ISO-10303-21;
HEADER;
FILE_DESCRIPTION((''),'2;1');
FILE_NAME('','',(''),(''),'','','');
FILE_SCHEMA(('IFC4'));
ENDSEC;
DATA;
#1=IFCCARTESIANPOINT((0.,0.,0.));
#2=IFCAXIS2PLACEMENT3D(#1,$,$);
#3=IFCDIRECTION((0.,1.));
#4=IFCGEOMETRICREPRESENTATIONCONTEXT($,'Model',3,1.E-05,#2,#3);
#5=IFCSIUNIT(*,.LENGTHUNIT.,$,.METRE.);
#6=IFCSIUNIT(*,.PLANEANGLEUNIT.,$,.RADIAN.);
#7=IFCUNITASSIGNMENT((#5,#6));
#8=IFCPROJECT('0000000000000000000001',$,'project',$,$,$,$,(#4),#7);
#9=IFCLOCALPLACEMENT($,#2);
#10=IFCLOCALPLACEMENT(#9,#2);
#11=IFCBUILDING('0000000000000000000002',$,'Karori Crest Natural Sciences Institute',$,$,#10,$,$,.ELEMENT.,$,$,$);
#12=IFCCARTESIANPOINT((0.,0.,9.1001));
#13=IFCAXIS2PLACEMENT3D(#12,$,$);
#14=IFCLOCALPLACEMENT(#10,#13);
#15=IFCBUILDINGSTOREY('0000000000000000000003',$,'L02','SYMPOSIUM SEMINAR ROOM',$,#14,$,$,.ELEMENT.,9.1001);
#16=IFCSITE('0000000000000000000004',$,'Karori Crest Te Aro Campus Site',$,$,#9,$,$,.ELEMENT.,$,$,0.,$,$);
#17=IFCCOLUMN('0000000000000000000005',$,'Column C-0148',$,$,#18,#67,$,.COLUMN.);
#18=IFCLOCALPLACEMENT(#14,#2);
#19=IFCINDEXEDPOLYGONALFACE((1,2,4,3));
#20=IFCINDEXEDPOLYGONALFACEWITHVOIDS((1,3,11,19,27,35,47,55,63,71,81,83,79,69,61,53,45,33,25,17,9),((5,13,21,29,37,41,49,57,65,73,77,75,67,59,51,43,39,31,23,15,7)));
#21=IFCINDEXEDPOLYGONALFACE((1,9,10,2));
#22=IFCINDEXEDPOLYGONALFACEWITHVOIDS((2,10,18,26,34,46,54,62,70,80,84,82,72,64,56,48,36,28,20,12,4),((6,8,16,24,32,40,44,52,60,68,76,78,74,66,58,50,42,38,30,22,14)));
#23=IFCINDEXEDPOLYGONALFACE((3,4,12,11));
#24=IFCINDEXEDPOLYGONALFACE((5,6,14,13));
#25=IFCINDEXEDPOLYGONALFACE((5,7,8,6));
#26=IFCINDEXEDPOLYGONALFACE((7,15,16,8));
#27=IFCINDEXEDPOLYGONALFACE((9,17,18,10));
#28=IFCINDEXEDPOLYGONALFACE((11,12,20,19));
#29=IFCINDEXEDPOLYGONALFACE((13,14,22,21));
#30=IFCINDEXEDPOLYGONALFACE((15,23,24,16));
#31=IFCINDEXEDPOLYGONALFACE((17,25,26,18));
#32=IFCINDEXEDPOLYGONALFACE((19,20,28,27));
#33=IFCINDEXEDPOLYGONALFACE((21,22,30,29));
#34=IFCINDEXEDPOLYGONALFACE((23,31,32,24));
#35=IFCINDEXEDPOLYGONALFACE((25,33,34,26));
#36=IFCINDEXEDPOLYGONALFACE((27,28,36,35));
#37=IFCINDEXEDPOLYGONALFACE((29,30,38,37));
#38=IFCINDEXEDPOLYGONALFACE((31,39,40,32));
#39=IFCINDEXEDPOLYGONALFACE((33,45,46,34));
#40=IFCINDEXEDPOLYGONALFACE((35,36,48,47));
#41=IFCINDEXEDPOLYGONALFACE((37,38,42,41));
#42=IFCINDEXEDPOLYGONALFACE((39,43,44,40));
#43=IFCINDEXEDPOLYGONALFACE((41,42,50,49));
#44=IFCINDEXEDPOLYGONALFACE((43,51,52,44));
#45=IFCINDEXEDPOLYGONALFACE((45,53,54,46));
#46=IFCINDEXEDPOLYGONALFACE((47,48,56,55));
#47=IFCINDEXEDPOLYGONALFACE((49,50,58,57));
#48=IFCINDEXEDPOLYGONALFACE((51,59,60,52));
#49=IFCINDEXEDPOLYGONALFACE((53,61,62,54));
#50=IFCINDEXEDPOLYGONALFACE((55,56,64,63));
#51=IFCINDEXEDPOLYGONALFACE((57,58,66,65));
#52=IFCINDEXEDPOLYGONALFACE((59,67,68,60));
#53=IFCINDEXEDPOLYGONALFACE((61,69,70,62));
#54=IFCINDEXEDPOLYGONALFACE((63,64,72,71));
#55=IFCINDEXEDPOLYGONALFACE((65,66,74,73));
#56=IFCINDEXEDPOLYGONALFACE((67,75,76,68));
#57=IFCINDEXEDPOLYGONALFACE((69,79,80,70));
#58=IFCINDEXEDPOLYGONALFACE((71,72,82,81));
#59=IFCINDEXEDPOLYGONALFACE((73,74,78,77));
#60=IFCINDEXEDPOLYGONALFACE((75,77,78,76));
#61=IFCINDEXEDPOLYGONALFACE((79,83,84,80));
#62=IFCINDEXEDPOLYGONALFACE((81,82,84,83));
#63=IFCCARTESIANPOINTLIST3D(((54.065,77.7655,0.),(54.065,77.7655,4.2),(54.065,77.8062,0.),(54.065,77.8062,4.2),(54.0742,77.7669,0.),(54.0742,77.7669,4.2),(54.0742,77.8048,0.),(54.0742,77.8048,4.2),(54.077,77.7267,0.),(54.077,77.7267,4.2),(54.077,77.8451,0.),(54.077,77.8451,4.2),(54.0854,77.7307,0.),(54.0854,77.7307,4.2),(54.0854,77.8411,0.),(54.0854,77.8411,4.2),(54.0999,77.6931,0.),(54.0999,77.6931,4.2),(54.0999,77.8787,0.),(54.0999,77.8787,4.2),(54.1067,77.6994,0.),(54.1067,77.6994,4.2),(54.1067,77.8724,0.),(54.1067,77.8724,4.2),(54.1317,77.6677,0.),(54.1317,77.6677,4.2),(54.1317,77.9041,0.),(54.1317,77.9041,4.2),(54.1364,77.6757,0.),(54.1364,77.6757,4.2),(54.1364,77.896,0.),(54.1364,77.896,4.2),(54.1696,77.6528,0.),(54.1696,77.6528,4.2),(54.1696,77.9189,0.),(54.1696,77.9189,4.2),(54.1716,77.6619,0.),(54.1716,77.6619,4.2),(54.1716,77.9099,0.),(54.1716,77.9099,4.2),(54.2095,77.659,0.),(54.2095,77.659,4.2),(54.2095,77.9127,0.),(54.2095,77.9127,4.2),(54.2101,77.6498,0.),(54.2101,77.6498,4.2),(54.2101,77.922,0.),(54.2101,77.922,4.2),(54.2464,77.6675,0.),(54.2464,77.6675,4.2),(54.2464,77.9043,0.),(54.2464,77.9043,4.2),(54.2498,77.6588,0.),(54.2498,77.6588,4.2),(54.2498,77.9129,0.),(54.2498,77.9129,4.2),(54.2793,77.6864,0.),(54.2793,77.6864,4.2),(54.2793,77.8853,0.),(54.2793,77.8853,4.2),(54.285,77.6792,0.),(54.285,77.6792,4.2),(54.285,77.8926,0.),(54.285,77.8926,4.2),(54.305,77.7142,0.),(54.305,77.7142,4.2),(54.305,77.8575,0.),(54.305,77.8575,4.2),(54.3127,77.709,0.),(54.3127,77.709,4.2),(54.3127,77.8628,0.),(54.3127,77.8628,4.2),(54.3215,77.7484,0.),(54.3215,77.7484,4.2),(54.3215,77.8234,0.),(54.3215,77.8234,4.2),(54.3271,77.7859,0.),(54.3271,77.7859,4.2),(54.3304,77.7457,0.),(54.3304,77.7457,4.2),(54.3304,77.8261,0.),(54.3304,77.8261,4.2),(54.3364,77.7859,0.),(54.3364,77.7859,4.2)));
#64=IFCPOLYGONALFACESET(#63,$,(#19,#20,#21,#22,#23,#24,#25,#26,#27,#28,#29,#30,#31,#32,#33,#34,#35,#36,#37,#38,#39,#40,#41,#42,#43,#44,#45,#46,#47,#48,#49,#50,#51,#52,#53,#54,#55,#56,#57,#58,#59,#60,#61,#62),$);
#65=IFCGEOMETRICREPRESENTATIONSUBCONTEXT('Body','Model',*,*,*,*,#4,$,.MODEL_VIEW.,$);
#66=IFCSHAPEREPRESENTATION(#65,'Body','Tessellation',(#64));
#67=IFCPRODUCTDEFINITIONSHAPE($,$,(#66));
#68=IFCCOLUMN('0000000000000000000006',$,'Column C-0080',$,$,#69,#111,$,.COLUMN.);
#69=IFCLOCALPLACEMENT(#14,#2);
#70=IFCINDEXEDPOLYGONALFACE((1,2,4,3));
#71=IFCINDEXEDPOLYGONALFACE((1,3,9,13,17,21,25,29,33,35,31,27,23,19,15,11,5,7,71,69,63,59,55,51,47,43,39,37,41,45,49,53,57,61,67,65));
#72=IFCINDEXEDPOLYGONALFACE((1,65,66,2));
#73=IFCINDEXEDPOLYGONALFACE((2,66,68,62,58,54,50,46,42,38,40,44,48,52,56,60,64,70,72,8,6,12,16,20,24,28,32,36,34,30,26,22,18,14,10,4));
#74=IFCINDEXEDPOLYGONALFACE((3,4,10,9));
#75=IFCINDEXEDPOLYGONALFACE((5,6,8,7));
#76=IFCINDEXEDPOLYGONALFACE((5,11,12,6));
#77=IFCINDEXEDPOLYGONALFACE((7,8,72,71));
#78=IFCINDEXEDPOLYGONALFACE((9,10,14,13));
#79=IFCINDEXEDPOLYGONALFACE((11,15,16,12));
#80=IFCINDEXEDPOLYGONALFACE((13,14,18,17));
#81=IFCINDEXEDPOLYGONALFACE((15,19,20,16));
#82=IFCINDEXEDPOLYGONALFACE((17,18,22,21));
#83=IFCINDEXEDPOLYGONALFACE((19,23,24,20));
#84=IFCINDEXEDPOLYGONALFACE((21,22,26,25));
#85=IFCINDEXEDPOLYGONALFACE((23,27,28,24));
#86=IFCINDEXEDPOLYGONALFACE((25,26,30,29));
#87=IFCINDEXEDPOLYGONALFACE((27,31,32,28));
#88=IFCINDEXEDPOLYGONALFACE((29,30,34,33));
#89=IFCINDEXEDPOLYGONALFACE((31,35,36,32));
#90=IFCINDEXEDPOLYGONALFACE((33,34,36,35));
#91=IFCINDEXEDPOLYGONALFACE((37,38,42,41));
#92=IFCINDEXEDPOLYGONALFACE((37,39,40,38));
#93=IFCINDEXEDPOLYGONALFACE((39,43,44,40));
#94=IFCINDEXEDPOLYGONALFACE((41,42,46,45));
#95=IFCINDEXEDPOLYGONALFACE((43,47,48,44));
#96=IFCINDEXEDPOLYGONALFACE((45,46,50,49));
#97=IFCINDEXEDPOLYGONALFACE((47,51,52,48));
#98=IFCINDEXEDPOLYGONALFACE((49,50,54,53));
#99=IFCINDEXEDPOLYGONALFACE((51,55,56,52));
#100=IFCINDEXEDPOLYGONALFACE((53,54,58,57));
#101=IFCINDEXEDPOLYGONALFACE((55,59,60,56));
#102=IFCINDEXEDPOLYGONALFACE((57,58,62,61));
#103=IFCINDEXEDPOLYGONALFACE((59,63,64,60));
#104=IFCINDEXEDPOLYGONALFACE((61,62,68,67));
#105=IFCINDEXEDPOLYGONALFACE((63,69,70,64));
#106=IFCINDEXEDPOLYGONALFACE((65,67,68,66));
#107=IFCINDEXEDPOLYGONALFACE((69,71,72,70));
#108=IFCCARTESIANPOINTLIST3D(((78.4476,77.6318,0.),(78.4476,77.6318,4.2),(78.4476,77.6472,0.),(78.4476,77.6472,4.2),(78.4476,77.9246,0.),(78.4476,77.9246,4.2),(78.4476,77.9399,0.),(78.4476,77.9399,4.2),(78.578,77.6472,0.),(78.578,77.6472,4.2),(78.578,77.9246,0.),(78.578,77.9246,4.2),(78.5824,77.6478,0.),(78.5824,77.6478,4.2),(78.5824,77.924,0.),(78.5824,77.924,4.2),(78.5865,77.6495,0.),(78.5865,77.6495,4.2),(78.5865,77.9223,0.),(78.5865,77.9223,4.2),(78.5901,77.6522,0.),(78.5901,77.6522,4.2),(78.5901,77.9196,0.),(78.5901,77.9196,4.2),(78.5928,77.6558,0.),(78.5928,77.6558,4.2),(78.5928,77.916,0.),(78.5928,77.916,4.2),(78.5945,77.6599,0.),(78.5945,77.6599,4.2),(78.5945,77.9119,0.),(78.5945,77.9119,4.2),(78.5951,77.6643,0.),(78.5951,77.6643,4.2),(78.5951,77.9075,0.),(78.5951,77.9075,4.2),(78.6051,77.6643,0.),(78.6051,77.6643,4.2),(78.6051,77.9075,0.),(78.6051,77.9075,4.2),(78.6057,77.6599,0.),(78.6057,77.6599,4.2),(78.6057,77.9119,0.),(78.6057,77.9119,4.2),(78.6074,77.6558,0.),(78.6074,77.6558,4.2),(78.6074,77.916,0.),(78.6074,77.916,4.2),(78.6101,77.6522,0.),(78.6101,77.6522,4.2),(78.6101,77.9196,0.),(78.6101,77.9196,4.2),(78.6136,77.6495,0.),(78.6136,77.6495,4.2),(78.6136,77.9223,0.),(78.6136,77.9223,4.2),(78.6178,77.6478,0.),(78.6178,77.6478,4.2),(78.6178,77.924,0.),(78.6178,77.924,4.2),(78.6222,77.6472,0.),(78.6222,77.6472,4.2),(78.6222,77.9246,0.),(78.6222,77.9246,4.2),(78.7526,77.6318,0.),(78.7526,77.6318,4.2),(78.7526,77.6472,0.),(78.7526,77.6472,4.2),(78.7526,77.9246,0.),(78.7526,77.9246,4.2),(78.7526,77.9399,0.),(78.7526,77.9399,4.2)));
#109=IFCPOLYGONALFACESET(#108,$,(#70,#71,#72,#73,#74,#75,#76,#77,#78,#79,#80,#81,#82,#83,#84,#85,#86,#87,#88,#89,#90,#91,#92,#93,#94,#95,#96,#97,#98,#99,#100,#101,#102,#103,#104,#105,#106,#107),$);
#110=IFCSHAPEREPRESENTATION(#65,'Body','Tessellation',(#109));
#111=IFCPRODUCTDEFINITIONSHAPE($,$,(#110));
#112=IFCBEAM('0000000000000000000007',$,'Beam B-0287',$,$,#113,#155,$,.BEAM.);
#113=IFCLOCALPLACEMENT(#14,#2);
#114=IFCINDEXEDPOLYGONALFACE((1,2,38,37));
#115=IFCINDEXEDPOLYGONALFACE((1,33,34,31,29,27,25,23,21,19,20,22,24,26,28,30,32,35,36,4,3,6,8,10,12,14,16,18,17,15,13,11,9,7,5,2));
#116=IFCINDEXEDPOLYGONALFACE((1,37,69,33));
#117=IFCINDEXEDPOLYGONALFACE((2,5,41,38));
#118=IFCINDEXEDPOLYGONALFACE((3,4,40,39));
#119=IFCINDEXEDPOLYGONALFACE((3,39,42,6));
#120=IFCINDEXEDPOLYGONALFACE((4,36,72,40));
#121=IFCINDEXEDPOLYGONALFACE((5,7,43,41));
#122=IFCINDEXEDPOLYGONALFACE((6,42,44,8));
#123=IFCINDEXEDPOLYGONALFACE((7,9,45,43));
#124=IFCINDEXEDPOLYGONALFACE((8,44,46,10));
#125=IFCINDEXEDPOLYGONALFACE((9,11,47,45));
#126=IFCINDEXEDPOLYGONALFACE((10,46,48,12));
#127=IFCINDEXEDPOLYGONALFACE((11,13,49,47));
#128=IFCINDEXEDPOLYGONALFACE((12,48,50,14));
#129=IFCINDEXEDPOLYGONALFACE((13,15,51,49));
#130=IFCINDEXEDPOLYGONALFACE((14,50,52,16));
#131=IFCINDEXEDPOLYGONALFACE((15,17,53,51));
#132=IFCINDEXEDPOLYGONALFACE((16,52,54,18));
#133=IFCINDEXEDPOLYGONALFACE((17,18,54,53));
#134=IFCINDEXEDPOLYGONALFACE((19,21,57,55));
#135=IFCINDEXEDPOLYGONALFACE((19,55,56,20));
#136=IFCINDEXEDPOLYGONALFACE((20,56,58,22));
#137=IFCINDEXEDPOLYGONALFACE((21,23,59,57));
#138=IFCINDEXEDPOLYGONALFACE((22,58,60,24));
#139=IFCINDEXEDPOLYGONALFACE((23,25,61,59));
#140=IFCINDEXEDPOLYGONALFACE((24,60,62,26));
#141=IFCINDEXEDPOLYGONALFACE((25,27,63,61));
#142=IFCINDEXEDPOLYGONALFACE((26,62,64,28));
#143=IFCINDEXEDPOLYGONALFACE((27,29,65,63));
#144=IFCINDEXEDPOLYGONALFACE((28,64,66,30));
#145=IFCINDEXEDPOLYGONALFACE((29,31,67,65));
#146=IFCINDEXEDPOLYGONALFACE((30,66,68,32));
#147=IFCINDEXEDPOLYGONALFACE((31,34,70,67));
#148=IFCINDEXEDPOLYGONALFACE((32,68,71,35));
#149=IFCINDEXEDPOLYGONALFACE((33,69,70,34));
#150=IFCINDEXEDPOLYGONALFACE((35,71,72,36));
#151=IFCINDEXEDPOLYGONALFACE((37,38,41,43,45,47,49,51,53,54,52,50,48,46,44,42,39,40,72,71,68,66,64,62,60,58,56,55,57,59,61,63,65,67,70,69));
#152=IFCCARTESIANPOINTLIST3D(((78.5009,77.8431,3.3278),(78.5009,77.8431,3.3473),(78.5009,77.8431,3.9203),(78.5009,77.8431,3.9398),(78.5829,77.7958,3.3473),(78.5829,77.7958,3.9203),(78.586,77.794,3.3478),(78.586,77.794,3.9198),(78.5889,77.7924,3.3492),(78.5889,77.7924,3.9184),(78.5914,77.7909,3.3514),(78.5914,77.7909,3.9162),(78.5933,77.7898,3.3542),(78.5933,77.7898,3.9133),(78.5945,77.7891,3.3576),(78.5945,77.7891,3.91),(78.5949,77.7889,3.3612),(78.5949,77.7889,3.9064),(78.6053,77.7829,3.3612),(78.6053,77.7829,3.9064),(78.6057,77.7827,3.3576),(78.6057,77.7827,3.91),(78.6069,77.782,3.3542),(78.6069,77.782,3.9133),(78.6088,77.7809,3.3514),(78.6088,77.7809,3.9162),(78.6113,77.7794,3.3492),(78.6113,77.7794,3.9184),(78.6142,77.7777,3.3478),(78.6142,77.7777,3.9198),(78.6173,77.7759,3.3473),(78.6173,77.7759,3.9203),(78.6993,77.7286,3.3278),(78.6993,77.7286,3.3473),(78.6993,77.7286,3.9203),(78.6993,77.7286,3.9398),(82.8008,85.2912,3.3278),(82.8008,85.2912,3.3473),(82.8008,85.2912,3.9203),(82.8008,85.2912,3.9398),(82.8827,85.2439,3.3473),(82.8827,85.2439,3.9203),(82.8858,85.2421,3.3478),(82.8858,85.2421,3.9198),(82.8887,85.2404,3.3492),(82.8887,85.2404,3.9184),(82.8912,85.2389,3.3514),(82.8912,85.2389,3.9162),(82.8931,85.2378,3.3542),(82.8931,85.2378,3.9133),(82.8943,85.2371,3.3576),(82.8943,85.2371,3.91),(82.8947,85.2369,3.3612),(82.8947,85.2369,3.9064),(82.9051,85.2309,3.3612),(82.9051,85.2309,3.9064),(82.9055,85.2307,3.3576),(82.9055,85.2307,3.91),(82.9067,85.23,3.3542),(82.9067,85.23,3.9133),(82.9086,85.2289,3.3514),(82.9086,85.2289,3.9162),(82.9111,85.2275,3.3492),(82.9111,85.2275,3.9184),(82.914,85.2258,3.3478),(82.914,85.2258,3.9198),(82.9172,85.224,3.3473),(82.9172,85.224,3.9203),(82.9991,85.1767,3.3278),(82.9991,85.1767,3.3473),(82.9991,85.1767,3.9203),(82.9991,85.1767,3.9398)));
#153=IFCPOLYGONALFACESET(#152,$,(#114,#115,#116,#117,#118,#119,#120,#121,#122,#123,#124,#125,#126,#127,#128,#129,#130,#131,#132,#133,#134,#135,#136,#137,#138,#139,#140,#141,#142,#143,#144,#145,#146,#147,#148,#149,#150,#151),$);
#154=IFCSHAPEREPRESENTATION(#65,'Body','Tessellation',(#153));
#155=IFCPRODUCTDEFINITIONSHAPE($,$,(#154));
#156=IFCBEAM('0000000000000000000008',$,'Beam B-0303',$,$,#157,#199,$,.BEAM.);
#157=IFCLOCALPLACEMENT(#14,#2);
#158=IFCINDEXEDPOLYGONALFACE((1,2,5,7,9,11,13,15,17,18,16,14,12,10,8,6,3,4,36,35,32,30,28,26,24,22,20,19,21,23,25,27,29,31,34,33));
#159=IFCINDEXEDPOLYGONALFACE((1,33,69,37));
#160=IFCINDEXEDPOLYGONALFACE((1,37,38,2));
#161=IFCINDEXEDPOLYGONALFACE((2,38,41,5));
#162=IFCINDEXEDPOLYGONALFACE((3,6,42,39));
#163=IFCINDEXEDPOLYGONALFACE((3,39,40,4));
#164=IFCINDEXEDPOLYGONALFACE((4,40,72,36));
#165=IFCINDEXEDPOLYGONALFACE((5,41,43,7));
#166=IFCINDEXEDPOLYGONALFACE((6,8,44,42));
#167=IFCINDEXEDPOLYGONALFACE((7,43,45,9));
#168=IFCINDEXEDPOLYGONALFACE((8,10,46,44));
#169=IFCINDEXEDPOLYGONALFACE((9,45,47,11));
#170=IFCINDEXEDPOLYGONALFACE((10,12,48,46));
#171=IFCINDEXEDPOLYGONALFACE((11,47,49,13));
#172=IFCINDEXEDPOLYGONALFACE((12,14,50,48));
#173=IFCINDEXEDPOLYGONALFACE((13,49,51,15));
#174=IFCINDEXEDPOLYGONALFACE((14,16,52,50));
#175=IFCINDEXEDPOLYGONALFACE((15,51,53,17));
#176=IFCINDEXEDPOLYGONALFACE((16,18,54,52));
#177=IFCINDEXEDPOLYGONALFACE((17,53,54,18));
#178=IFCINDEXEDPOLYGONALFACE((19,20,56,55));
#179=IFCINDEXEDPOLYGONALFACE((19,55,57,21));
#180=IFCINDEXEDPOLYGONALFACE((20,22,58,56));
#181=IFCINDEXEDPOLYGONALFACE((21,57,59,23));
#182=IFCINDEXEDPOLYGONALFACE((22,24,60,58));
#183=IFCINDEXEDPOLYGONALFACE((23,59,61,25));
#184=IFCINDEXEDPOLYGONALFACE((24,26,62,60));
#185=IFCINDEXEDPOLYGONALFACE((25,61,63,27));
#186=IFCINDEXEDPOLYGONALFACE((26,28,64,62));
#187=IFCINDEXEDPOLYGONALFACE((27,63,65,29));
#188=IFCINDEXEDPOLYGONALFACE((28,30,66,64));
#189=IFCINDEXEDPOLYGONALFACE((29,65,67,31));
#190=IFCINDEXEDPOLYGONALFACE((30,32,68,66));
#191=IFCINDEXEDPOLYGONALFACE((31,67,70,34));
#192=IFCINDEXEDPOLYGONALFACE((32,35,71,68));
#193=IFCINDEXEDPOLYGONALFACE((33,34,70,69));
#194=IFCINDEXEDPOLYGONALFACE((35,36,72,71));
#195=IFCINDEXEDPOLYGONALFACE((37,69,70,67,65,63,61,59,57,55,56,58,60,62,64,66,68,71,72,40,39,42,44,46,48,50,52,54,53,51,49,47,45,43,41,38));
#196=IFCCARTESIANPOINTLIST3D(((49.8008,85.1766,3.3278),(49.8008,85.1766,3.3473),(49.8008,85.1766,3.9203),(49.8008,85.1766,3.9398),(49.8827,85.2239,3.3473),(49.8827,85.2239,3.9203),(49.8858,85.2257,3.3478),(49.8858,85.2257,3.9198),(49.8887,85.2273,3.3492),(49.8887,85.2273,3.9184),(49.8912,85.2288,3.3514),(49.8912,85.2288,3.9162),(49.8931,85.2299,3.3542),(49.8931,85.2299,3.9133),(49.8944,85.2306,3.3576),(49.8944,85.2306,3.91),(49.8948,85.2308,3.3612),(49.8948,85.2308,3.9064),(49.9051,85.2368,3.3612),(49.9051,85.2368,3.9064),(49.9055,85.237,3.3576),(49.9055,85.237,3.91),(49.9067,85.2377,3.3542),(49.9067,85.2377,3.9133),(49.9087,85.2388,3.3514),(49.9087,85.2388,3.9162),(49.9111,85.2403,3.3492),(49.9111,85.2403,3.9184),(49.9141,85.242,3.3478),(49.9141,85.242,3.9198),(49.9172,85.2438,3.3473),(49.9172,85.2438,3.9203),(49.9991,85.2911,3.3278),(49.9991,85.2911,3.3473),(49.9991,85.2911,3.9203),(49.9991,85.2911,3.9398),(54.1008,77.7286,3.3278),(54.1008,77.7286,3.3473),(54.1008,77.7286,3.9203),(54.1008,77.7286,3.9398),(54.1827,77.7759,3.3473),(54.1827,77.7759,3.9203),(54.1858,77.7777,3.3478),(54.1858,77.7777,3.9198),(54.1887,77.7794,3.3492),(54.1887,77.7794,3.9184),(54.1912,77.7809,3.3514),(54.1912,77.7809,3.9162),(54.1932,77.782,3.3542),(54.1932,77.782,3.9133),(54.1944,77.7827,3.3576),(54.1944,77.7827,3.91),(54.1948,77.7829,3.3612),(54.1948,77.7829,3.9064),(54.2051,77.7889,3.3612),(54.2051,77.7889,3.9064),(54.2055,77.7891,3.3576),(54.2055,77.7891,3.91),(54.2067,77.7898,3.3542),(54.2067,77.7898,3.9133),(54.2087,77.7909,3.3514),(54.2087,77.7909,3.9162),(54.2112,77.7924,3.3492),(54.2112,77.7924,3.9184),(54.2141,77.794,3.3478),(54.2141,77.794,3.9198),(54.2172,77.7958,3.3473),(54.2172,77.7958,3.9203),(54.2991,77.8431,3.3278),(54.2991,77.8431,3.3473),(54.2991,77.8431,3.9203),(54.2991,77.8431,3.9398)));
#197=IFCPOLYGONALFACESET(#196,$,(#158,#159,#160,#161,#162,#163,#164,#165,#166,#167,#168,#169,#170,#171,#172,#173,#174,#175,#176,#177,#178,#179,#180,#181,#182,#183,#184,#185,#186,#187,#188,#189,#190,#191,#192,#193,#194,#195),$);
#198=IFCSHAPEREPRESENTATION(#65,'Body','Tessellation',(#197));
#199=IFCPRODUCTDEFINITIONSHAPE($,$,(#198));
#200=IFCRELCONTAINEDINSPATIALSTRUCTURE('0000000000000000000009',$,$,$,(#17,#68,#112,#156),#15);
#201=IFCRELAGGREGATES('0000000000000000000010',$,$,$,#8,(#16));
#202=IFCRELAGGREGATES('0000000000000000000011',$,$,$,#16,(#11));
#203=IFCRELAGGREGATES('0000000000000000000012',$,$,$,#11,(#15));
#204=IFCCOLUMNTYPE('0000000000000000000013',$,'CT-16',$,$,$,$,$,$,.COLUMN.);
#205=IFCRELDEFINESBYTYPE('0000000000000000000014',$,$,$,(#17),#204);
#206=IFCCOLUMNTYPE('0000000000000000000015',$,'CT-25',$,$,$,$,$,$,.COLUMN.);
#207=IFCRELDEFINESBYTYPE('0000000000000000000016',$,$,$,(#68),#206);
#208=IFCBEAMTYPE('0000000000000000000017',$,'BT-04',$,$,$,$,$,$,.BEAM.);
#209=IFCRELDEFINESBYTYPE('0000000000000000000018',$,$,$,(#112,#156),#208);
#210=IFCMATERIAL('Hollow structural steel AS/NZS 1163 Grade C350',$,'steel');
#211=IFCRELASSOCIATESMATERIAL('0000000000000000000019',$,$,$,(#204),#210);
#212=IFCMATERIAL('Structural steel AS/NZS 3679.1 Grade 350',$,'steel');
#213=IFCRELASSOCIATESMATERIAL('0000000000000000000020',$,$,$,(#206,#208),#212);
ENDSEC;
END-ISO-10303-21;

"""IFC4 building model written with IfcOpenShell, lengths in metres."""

from ifc_helpers import new_model, si_unit, direction, frame, origin, origin_2d, place, context, subcontext, project, spatial, hollow_circle, i_section, extrude, material, material_profile, profile_set, type_object, element, save


model = new_model("IFC4")

# Units and contexts
model_context = context("Model", 3, precision=1e-05, world=origin(), true_north=direction((0.0, 1.0)))
body_context = subcontext(model_context, "Body", "Model", "MODEL_VIEW")
ifc_project = project(units=[si_unit("LENGTHUNIT", "METRE"), si_unit("PLANEANGLEUNIT", "RADIAN")], contexts=[model_context])

# Site, building, storey
site_placement = place(None, origin())
site = spatial("IfcSite", under=ifc_project, at=site_placement, Name="Karori Crest Te Aro Campus Site", CompositionType="ELEMENT", RefElevation=0.0)
building_placement = place(site_placement, origin())
building = spatial("IfcBuilding", under=site, at=building_placement, Name="Karori Crest Natural Sciences Institute", CompositionType="ELEMENT")
storey_placement = place(building_placement, frame((0.0, 0.0, 9.1001)))
storey = spatial("IfcBuildingStorey", under=building, at=storey_placement, Name="L02", Description="SYMPOSIUM SEMINAR ROOM", CompositionType="ELEMENT", Elevation=9.1001)

# Columns
ifc_material_1 = material(Name="Structural steel AS/NZS 3679.1 Grade 350", Category="steel")
ifc_material_2 = material(Name="Hollow structural steel AS/NZS 1163 Grade C350", Category="steel")
ifc_material_profile_1 = material_profile(ifc_material_2, hollow_circle(Radius=0.1365, WallThickness=0.0093, at=origin_2d()), Name="CHS273.0x9.3")
ifc_profile_set_1 = profile_set([ifc_material_profile_1], Name="Hollow structural steel AS/NZS 1163 Grade C350")
column_type_1 = type_object("IfcColumnType", Name="CT-16", PredefinedType="COLUMN", material=ifc_profile_set_1)
column_1_placement = place(storey_placement, frame((54.2, 77.7859, 0.0), z_axis=(0.0, 0.0, 1.0), x_axis=(1.0, 0.0, 0.0)))
element("IfcColumn", 1, at=column_1_placement, inside=storey, type_object=column_type_1, Name="Column C-0148", PredefinedType="COLUMN", context=body_context, shape_type="SweptSolid", body=[
    extrude(hollow_circle(Radius=0.1365, WallThickness=0.0093, at=origin_2d()), origin(), (0.0, 0.0, 1.0), 4.2),
])
ifc_material_profile_2 = material_profile(ifc_material_1, i_section(OverallWidth=0.3049, OverallDepth=0.3081, WebThickness=0.01, FlangeThickness=0.0154, FilletRadius=0.0171, at=origin_2d()), Name="310UC96.8")
ifc_profile_set_2 = profile_set([ifc_material_profile_2], Name="Structural steel AS/NZS 3679.1 Grade 350")
column_type_2 = type_object("IfcColumnType", Name="CT-25", PredefinedType="COLUMN", material=ifc_profile_set_2)
column_2_placement = place(storey_placement, frame((78.6001, 77.7859, 0.0), z_axis=(0.0, 0.0, 1.0), x_axis=(1.0, 0.0, 0.0)))
element("IfcColumn", 2, at=column_2_placement, inside=storey, type_object=column_type_2, Name="Column C-0080", PredefinedType="COLUMN", context=body_context, shape_type="SweptSolid", body=[
    extrude(i_section(OverallWidth=0.3049, OverallDepth=0.3081, WebThickness=0.01, FlangeThickness=0.0154, FilletRadius=0.0171, at=origin_2d()), origin(), (0.0, 0.0, 1.0), 4.2),
])

# Beams
ifc_material_profile_3 = material_profile(ifc_material_1, i_section(OverallWidth=0.229, OverallDepth=0.6121, WebThickness=0.012, FlangeThickness=0.0195, FilletRadius=0.0139, at=origin_2d()), Name="610UB125")
ifc_profile_set_3 = profile_set([ifc_material_profile_3], Name="Structural steel AS/NZS 3679.1 Grade 350")
beam_type_1 = type_object("IfcBeamType", Name="BT-04", PredefinedType="BEAM", material=ifc_profile_set_3)
for number, where, z_axis, x_axis, name in (
    (3, (78.6001, 77.7859, 3.6338), (0.499974, 0.86604, 0.0), (-0.86604, 0.499974, 0.0), "Beam B-0287"),
    (4, (54.2, 77.7859, 3.6338), (-0.499995, 0.866028, 0.0), (-0.866028, -0.499995, 0.0), "Beam B-0303"),
):
    element("IfcBeam", number, at=place(storey_placement, frame(where, z_axis=z_axis, x_axis=x_axis)), inside=storey, type_object=beam_type_1, Name=name, PredefinedType="BEAM", context=body_context, shape_type="SweptSolid", body=[
        extrude(i_section(OverallWidth=0.229, OverallDepth=0.6121, WebThickness=0.012, FlangeThickness=0.0195, FilletRadius=0.0139, at=origin_2d()), origin(), (0.0, 0.0, 1.0), 8.6001),
    ])

save(model, "model.ifc")
